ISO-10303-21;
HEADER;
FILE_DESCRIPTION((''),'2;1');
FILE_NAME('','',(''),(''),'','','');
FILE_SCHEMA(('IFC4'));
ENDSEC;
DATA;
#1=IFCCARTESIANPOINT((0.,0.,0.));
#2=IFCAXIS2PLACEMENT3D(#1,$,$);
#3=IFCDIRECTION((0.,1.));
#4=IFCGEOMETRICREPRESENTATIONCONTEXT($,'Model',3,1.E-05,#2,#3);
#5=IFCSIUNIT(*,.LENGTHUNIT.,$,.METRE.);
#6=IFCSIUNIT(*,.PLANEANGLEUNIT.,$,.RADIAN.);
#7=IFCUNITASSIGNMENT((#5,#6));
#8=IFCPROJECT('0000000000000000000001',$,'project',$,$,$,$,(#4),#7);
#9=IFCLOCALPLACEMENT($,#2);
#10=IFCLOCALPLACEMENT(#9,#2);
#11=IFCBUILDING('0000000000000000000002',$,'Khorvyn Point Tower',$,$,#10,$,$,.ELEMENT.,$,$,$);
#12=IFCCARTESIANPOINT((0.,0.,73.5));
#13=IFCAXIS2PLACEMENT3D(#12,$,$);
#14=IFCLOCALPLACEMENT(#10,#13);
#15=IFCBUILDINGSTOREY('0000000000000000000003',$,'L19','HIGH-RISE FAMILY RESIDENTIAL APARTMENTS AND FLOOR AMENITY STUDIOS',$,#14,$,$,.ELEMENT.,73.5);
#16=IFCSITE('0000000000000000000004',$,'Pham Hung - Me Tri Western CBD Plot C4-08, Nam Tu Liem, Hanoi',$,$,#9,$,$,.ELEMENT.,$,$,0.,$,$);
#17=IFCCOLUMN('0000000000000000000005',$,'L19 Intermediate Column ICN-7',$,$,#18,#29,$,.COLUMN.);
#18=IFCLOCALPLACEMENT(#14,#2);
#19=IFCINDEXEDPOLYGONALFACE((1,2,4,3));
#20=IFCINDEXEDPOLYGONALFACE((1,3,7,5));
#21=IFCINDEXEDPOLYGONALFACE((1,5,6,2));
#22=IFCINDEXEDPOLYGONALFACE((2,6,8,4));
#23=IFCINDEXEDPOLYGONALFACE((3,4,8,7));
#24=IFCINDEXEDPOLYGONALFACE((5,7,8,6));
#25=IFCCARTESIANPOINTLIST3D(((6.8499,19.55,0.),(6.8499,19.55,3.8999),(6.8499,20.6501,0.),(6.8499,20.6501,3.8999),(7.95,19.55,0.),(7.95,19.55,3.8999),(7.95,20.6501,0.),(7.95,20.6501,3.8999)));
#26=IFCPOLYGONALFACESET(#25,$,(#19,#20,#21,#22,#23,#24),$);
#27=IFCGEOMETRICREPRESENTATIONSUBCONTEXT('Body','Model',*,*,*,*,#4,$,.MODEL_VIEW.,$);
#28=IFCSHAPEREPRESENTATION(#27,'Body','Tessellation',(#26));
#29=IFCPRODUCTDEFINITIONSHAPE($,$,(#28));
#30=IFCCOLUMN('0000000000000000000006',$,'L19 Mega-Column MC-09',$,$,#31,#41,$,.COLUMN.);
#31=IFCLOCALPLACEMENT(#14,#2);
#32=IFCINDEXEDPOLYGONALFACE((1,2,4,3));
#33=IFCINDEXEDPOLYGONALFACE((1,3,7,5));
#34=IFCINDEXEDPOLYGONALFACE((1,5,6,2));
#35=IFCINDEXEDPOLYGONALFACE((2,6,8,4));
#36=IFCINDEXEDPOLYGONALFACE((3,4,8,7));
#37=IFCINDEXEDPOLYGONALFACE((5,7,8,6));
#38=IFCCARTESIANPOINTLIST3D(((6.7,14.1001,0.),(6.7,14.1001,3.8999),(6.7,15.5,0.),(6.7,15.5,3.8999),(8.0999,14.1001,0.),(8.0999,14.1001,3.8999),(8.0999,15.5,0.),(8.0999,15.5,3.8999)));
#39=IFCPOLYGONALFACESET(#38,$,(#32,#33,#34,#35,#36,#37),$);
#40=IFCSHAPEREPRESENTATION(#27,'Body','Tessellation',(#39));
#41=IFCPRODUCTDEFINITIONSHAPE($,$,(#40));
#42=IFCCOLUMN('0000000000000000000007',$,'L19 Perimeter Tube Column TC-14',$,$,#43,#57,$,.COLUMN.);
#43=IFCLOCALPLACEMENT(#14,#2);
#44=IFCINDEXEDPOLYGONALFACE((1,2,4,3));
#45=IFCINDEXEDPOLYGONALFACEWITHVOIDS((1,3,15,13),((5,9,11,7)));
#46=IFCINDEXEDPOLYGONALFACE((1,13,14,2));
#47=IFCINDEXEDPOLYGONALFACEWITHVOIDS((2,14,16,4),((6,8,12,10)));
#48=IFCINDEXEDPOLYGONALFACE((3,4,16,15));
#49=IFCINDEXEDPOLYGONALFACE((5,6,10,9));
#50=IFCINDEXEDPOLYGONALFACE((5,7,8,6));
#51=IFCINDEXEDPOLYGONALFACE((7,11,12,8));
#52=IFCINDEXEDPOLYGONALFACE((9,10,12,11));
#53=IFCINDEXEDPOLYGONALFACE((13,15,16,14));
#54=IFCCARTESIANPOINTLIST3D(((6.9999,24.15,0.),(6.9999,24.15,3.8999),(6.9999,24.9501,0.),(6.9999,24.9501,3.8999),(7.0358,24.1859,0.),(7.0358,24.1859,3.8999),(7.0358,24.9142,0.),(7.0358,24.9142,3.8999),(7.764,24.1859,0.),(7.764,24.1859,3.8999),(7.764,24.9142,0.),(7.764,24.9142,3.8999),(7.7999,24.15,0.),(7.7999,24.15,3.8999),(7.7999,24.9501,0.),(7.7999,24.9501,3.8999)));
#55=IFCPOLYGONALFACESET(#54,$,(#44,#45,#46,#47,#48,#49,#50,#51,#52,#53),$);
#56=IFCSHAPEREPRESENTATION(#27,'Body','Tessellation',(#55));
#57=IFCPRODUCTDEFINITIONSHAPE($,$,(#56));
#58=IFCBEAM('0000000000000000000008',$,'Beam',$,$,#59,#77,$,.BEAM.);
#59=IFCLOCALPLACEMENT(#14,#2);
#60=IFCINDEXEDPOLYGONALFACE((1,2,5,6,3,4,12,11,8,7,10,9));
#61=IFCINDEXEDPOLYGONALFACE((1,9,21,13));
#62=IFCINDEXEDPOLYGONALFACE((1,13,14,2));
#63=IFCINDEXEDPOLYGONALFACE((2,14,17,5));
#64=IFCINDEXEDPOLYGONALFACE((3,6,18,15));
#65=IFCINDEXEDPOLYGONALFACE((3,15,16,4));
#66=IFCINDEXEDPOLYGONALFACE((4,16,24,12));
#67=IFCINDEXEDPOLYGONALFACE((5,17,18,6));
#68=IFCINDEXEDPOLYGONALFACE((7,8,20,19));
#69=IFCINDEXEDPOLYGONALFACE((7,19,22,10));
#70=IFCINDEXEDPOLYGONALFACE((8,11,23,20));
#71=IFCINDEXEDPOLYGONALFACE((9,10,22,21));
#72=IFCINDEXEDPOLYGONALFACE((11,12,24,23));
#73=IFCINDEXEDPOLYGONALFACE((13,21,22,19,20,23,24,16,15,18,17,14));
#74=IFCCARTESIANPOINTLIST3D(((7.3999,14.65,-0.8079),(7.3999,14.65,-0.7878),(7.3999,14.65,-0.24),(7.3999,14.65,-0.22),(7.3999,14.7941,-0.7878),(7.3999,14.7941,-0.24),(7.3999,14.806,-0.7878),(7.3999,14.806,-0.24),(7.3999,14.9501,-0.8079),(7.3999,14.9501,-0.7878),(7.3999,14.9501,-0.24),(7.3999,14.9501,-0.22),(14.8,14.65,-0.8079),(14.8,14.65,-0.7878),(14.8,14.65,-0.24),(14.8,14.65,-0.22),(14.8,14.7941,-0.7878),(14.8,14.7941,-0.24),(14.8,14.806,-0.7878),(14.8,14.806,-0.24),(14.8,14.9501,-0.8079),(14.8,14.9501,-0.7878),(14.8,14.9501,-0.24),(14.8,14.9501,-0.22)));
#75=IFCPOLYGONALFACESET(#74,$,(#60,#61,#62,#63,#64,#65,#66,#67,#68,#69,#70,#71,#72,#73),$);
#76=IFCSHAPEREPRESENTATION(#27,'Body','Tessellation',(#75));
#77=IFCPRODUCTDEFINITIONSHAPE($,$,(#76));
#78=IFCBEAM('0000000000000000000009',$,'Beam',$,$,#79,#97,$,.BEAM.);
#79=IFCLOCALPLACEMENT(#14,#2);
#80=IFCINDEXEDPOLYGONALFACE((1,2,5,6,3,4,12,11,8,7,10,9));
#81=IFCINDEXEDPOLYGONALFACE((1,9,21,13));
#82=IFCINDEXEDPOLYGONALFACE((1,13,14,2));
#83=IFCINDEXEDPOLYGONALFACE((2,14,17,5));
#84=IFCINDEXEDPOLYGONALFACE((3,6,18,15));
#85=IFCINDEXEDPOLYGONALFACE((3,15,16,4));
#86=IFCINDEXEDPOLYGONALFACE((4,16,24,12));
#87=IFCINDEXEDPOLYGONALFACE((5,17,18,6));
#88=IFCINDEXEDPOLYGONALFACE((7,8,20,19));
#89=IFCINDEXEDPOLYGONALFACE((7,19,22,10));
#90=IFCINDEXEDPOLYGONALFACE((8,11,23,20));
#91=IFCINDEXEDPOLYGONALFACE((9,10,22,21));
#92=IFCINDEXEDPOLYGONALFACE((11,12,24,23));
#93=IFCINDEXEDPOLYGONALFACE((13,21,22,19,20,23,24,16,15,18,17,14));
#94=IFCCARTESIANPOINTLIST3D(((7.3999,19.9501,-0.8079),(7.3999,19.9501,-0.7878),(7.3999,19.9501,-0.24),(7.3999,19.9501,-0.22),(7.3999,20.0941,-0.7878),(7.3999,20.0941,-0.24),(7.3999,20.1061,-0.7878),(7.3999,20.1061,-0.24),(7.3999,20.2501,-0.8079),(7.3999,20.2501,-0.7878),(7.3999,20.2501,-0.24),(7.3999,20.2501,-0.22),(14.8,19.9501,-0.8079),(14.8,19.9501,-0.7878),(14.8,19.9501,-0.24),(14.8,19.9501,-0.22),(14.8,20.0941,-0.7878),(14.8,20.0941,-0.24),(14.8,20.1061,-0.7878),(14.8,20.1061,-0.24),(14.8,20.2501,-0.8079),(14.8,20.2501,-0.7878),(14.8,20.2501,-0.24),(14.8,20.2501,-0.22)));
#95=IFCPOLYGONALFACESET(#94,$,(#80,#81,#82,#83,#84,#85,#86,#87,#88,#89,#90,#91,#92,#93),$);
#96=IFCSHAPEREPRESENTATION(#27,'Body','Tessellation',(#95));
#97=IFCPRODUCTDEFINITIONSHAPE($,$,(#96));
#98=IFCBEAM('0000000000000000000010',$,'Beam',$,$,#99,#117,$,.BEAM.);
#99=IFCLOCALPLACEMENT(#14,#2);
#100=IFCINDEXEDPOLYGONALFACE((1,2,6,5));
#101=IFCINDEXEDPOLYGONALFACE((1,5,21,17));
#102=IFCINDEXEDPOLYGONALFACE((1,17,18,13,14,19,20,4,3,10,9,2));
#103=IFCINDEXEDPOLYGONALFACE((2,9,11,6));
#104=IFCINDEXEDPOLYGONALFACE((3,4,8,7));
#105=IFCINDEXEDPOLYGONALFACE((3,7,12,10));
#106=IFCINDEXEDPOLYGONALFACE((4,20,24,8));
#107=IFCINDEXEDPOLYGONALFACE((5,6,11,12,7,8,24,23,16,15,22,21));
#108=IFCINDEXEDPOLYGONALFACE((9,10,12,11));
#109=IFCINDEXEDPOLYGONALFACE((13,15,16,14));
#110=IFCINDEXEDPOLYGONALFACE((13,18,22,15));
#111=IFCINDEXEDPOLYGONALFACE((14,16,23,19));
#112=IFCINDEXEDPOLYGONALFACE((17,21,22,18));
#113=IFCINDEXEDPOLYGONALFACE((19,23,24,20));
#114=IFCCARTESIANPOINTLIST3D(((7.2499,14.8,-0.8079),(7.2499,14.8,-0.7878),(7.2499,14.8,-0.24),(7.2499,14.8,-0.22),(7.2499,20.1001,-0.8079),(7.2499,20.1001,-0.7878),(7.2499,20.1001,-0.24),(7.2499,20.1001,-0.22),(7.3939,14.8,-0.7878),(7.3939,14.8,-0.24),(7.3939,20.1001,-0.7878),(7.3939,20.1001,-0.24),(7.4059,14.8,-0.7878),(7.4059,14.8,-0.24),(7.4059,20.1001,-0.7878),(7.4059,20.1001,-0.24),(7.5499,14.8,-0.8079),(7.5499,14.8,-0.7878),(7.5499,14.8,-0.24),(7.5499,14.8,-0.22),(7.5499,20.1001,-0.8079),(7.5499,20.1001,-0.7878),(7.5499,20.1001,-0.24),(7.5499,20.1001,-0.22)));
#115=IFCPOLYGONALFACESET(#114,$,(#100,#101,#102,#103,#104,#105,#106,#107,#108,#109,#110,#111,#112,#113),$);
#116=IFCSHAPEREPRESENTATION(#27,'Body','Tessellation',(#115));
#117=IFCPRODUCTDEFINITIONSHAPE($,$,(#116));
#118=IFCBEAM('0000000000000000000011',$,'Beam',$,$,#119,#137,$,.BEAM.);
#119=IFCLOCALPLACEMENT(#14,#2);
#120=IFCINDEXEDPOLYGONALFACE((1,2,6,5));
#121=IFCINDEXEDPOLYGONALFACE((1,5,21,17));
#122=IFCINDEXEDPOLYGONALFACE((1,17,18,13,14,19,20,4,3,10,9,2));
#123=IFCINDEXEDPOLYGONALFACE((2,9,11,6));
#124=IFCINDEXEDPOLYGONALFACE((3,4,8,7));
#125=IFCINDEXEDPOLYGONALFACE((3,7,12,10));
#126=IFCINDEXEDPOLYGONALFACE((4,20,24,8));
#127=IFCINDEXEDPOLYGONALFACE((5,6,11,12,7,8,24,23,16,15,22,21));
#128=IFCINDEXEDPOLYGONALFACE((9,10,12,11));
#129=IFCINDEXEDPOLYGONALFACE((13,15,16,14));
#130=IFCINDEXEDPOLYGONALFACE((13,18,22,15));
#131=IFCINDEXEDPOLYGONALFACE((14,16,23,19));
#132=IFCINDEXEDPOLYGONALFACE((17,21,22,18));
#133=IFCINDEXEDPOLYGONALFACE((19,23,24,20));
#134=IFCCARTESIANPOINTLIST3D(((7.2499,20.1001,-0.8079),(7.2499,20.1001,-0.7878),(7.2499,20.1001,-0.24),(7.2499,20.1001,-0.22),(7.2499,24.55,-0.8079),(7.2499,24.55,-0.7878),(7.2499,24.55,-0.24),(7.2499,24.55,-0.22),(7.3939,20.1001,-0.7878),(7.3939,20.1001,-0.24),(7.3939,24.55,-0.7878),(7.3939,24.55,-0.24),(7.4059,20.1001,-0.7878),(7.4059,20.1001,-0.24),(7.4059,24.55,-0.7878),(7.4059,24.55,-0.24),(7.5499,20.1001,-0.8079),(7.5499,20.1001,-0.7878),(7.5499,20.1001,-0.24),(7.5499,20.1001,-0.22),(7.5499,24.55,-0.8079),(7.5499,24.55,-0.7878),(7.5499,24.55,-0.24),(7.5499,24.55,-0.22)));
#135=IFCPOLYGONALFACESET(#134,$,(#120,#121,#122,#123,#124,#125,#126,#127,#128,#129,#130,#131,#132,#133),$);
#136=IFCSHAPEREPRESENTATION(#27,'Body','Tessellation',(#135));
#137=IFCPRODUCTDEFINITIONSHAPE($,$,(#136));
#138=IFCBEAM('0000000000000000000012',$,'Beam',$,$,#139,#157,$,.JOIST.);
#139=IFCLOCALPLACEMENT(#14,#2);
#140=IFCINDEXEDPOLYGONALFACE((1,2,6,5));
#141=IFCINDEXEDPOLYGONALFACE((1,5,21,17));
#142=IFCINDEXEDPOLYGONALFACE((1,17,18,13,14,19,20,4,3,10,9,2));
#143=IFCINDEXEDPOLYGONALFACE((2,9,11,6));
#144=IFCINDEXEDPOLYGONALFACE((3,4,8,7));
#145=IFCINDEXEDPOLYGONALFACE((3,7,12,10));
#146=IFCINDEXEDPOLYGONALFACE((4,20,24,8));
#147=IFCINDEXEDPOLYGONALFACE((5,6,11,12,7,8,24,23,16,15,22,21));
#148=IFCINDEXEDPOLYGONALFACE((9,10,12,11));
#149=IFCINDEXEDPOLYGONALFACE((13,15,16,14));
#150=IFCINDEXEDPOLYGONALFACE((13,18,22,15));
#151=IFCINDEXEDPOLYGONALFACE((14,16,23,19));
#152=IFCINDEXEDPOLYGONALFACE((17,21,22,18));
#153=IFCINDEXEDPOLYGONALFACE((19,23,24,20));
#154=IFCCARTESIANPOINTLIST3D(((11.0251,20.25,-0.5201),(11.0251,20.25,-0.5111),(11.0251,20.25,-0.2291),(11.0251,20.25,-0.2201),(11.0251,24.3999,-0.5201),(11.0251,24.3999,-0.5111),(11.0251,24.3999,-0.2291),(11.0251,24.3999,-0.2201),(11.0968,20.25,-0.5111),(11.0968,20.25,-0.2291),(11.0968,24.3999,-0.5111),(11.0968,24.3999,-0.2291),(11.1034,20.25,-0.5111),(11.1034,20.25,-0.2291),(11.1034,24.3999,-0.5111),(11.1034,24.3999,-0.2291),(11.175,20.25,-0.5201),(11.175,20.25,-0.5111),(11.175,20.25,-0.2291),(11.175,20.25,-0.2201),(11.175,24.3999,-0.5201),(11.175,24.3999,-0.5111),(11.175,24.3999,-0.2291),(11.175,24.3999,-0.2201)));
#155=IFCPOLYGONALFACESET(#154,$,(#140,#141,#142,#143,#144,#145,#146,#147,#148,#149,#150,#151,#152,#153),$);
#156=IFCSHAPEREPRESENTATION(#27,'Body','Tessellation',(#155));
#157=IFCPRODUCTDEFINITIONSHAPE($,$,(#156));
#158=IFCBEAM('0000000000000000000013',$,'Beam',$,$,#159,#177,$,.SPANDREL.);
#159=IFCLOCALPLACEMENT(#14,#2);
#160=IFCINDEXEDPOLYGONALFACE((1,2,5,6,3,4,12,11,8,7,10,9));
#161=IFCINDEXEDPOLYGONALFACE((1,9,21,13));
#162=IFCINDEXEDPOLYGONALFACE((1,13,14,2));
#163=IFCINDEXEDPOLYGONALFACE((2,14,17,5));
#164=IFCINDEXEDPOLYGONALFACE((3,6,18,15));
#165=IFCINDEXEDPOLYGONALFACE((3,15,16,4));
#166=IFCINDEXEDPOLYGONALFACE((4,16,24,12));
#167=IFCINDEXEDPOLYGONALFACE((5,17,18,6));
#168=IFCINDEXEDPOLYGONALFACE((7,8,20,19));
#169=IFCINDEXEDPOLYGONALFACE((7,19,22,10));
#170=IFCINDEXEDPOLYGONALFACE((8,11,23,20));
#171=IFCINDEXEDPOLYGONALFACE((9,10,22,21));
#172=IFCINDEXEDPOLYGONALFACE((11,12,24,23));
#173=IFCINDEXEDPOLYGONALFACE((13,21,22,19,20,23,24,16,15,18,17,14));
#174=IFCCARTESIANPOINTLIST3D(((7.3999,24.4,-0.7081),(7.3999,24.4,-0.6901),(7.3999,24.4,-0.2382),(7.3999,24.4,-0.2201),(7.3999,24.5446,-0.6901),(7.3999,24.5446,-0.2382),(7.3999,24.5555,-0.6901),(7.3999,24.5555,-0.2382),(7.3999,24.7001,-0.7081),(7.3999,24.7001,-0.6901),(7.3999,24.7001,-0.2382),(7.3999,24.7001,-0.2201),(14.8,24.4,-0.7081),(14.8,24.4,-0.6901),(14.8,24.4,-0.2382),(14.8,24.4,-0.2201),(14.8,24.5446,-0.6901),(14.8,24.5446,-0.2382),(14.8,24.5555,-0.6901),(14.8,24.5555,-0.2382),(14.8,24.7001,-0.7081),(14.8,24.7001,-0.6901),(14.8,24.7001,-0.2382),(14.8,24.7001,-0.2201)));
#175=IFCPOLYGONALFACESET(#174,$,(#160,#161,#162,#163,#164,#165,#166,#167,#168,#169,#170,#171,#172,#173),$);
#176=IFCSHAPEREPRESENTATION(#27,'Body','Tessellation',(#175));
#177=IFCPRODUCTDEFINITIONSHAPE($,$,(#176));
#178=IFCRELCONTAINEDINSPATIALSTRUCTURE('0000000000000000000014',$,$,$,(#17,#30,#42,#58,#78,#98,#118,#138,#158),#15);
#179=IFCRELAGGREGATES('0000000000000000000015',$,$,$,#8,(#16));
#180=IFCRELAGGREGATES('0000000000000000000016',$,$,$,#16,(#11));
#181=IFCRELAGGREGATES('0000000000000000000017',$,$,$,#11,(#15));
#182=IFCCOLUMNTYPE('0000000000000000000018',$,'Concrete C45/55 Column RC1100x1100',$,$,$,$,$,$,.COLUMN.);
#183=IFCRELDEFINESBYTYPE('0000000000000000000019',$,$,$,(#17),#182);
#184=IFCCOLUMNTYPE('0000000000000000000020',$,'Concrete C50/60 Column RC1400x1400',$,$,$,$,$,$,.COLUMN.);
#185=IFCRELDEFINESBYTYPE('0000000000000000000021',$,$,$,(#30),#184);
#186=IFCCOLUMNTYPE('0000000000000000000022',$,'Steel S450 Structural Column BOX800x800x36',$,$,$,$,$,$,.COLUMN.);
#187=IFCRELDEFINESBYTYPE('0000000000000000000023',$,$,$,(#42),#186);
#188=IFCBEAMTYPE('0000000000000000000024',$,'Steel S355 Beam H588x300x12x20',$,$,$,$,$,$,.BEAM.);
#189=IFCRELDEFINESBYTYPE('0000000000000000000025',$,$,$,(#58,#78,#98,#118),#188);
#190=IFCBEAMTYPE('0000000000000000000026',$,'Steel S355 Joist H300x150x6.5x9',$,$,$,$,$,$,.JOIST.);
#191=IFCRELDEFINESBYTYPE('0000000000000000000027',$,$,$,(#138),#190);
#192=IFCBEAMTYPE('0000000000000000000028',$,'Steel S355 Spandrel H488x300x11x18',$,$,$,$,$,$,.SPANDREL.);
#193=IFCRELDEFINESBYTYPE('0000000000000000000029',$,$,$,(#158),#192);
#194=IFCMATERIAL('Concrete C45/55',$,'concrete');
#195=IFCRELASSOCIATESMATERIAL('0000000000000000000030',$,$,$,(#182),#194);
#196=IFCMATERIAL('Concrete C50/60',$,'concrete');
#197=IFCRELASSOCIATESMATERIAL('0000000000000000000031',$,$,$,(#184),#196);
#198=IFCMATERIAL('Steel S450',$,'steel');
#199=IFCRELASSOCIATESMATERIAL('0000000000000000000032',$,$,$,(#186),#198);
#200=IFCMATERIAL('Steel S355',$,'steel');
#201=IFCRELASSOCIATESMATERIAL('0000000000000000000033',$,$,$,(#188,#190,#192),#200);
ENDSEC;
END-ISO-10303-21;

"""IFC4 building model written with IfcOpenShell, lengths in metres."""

from ifc_helpers import new_model, si_unit, direction, frame, origin, origin_2d, place, context, subcontext, project, spatial, rectangle, hollow_rectangle, i_section, extrude, material, material_profile, profile_set, type_object, element, save


model = new_model("IFC4")

# Units and contexts
model_context = context("Model", 3, precision=1e-05, world=origin(), true_north=direction((0.0, 1.0)))
body_context = subcontext(model_context, "Body", "Model", "MODEL_VIEW")
ifc_project = project(units=[si_unit("LENGTHUNIT", "METRE"), si_unit("PLANEANGLEUNIT", "RADIAN")], contexts=[model_context])

# Site, building, storey
site_placement = place(None, origin())
site = spatial("IfcSite", under=ifc_project, at=site_placement, Name="Pham Hung - Me Tri Western CBD Plot C4-08, Nam Tu Liem, Hanoi", CompositionType="ELEMENT", RefElevation=0.0)
building_placement = place(site_placement, origin())
building = spatial("IfcBuilding", under=site, at=building_placement, Name="Khorvyn Point Tower", CompositionType="ELEMENT")
storey_placement = place(building_placement, frame((0.0, 0.0, 73.5)))
storey = spatial("IfcBuildingStorey", under=building, at=storey_placement, Name="L19", Description="HIGH-RISE FAMILY RESIDENTIAL APARTMENTS AND FLOOR AMENITY STUDIOS", CompositionType="ELEMENT", Elevation=73.5)

# Columns
ifc_material_1 = material(Name="Concrete C45/55", Category="concrete")
ifc_material_profile_1 = material_profile(ifc_material_1, rectangle(XDim=1.1001, YDim=1.1001, at=origin_2d()))
ifc_profile_set_1 = profile_set([ifc_material_profile_1], Name="Concrete C45/55 RC1100x1100")
column_type_1 = type_object("IfcColumnType", Name="Concrete C45/55 Column RC1100x1100", PredefinedType="COLUMN", material=ifc_profile_set_1)
column_1_placement = place(storey_placement, frame((7.3999, 20.1001, 0.0), z_axis=(0.0, 0.0, 1.0), x_axis=(1.0, 0.0, 0.0)))
element("IfcColumn", 1, at=column_1_placement, inside=storey, type_object=column_type_1, Name="L19 Intermediate Column ICN-7", PredefinedType="COLUMN", context=body_context, shape_type="SweptSolid", body=[
    extrude(rectangle(XDim=1.1001, YDim=1.1001, at=origin_2d()), origin(), (0.0, 0.0, 1.0), 3.8999),
])
ifc_material_2 = material(Name="Concrete C50/60", Category="concrete")
ifc_material_profile_2 = material_profile(ifc_material_2, rectangle(XDim=1.3999, YDim=1.3999, at=origin_2d()))
ifc_profile_set_2 = profile_set([ifc_material_profile_2], Name="Concrete C50/60 RC1400x1400")
column_type_2 = type_object("IfcColumnType", Name="Concrete C50/60 Column RC1400x1400", PredefinedType="COLUMN", material=ifc_profile_set_2)
column_2_placement = place(storey_placement, frame((7.3999, 14.8, 0.0), z_axis=(0.0, 0.0, 1.0), x_axis=(1.0, 0.0, 0.0)))
element("IfcColumn", 2, at=column_2_placement, inside=storey, type_object=column_type_2, Name="L19 Mega-Column MC-09", PredefinedType="COLUMN", context=body_context, shape_type="SweptSolid", body=[
    extrude(rectangle(XDim=1.3999, YDim=1.3999, at=origin_2d()), origin(), (0.0, 0.0, 1.0), 3.8999),
])
ifc_material_3 = material(Name="Steel S450", Category="steel")
ifc_material_profile_3 = material_profile(ifc_material_3, hollow_rectangle(XDim=0.8, YDim=0.8, WallThickness=0.0359, at=origin_2d()))
ifc_profile_set_3 = profile_set([ifc_material_profile_3], Name="Steel S450 BOX800x800x36")
column_type_3 = type_object("IfcColumnType", Name="Steel S450 Structural Column BOX800x800x36", PredefinedType="COLUMN", material=ifc_profile_set_3)
column_3_placement = place(storey_placement, frame((7.3999, 24.55, 0.0), z_axis=(0.0, 0.0, 1.0), x_axis=(1.0, 0.0, 0.0)))
element("IfcColumn", 3, at=column_3_placement, inside=storey, type_object=column_type_3, Name="L19 Perimeter Tube Column TC-14", PredefinedType="COLUMN", context=body_context, shape_type="SweptSolid", body=[
    extrude(hollow_rectangle(XDim=0.8, YDim=0.8, WallThickness=0.0359, at=origin_2d()), origin(), (0.0, 0.0, 1.0), 3.8999),
])

# Beams
ifc_material_4 = material(Name="Steel S355", Category="steel")
ifc_material_profile_4 = material_profile(ifc_material_4, i_section(OverallWidth=0.3, OverallDepth=0.5879, WebThickness=0.012, FlangeThickness=0.02, at=origin_2d()))
ifc_profile_set_4 = profile_set([ifc_material_profile_4], Name="Steel S355 H588x300x12x20")
beam_type_1 = type_object("IfcBeamType", Name="Steel S355 Beam H588x300x12x20", PredefinedType="BEAM", material=ifc_profile_set_4)
for number, where, z_axis, x_axis, name in (
    (4, (7.3999, 14.8, -0.5139), (1.0, 0.0, 0.0), (0.0, 1.0, 0.0), "Beam"),
    (5, (7.3999, 20.1001, -0.5139), (1.0, 0.0, 0.0), (0.0, 1.0, 0.0), "Beam"),
):
    element("IfcBeam", number, at=place(storey_placement, frame(where, z_axis=z_axis, x_axis=x_axis)), inside=storey, type_object=beam_type_1, Name=name, PredefinedType="BEAM", context=body_context, shape_type="SweptSolid", body=[
        extrude(i_section(OverallWidth=0.3, OverallDepth=0.5879, WebThickness=0.012, FlangeThickness=0.02, at=origin_2d()), origin(), (0.0, 0.0, 1.0), 7.4001),
    ])
beam_1_placement = place(storey_placement, frame((7.3999, 14.8, -0.5139), z_axis=(0.0, 1.0, 0.0), x_axis=(-1.0, 0.0, 0.0)))
element("IfcBeam", 6, at=beam_1_placement, inside=storey, type_object=beam_type_1, Name="Beam", PredefinedType="BEAM", context=body_context, shape_type="SweptSolid", body=[
    extrude(i_section(OverallWidth=0.3, OverallDepth=0.5879, WebThickness=0.012, FlangeThickness=0.02, at=origin_2d()), origin(), (0.0, 0.0, 1.0), 5.3),
])
beam_2_placement = place(storey_placement, frame((7.3999, 20.1001, -0.5139), z_axis=(0.0, 1.0, 0.0), x_axis=(-1.0, 0.0, 0.0)))
element("IfcBeam", 7, at=beam_2_placement, inside=storey, type_object=beam_type_1, Name="Beam", PredefinedType="BEAM", context=body_context, shape_type="SweptSolid", body=[
    extrude(i_section(OverallWidth=0.3, OverallDepth=0.5879, WebThickness=0.012, FlangeThickness=0.02, at=origin_2d()), origin(), (0.0, 0.0, 1.0), 4.45),
])
ifc_material_profile_5 = material_profile(ifc_material_4, i_section(OverallWidth=0.1499, OverallDepth=0.3, WebThickness=0.0066, FlangeThickness=0.009, at=origin_2d()))
ifc_profile_set_5 = profile_set([ifc_material_profile_5], Name="Steel S355 H300x150x6.5x9")
beam_type_2 = type_object("IfcBeamType", Name="Steel S355 Joist H300x150x6.5x9", PredefinedType="JOIST", material=ifc_profile_set_5)
beam_3_placement = place(storey_placement, frame((11.1001, 20.25, -0.3701), z_axis=(0.0, 1.0, 0.0), x_axis=(-1.0, 0.0, 0.0)))
element("IfcBeam", 8, at=beam_3_placement, inside=storey, type_object=beam_type_2, Name="Beam", PredefinedType="JOIST", context=body_context, shape_type="SweptSolid", body=[
    extrude(i_section(OverallWidth=0.1499, OverallDepth=0.3, WebThickness=0.0066, FlangeThickness=0.009, at=origin_2d()), origin(), (0.0, 0.0, 1.0), 4.1499),
])
ifc_material_profile_6 = material_profile(ifc_material_4, i_section(OverallWidth=0.3, OverallDepth=0.488, WebThickness=0.011, FlangeThickness=0.0181, at=origin_2d()))
ifc_profile_set_6 = profile_set([ifc_material_profile_6], Name="Steel S355 H488x300x11x18")
beam_type_3 = type_object("IfcBeamType", Name="Steel S355 Spandrel H488x300x11x18", PredefinedType="SPANDREL", material=ifc_profile_set_6)
beam_4_placement = place(storey_placement, frame((7.3999, 24.55, -0.4641), z_axis=(1.0, 0.0, 0.0), x_axis=(0.0, 1.0, 0.0)))
element("IfcBeam", 9, at=beam_4_placement, inside=storey, type_object=beam_type_3, Name="Beam", PredefinedType="SPANDREL", context=body_context, shape_type="SweptSolid", body=[
    extrude(i_section(OverallWidth=0.3, OverallDepth=0.488, WebThickness=0.011, FlangeThickness=0.0181, at=origin_2d()), origin(), (0.0, 0.0, 1.0), 7.4001),
])

save(model, "model.ifc")
